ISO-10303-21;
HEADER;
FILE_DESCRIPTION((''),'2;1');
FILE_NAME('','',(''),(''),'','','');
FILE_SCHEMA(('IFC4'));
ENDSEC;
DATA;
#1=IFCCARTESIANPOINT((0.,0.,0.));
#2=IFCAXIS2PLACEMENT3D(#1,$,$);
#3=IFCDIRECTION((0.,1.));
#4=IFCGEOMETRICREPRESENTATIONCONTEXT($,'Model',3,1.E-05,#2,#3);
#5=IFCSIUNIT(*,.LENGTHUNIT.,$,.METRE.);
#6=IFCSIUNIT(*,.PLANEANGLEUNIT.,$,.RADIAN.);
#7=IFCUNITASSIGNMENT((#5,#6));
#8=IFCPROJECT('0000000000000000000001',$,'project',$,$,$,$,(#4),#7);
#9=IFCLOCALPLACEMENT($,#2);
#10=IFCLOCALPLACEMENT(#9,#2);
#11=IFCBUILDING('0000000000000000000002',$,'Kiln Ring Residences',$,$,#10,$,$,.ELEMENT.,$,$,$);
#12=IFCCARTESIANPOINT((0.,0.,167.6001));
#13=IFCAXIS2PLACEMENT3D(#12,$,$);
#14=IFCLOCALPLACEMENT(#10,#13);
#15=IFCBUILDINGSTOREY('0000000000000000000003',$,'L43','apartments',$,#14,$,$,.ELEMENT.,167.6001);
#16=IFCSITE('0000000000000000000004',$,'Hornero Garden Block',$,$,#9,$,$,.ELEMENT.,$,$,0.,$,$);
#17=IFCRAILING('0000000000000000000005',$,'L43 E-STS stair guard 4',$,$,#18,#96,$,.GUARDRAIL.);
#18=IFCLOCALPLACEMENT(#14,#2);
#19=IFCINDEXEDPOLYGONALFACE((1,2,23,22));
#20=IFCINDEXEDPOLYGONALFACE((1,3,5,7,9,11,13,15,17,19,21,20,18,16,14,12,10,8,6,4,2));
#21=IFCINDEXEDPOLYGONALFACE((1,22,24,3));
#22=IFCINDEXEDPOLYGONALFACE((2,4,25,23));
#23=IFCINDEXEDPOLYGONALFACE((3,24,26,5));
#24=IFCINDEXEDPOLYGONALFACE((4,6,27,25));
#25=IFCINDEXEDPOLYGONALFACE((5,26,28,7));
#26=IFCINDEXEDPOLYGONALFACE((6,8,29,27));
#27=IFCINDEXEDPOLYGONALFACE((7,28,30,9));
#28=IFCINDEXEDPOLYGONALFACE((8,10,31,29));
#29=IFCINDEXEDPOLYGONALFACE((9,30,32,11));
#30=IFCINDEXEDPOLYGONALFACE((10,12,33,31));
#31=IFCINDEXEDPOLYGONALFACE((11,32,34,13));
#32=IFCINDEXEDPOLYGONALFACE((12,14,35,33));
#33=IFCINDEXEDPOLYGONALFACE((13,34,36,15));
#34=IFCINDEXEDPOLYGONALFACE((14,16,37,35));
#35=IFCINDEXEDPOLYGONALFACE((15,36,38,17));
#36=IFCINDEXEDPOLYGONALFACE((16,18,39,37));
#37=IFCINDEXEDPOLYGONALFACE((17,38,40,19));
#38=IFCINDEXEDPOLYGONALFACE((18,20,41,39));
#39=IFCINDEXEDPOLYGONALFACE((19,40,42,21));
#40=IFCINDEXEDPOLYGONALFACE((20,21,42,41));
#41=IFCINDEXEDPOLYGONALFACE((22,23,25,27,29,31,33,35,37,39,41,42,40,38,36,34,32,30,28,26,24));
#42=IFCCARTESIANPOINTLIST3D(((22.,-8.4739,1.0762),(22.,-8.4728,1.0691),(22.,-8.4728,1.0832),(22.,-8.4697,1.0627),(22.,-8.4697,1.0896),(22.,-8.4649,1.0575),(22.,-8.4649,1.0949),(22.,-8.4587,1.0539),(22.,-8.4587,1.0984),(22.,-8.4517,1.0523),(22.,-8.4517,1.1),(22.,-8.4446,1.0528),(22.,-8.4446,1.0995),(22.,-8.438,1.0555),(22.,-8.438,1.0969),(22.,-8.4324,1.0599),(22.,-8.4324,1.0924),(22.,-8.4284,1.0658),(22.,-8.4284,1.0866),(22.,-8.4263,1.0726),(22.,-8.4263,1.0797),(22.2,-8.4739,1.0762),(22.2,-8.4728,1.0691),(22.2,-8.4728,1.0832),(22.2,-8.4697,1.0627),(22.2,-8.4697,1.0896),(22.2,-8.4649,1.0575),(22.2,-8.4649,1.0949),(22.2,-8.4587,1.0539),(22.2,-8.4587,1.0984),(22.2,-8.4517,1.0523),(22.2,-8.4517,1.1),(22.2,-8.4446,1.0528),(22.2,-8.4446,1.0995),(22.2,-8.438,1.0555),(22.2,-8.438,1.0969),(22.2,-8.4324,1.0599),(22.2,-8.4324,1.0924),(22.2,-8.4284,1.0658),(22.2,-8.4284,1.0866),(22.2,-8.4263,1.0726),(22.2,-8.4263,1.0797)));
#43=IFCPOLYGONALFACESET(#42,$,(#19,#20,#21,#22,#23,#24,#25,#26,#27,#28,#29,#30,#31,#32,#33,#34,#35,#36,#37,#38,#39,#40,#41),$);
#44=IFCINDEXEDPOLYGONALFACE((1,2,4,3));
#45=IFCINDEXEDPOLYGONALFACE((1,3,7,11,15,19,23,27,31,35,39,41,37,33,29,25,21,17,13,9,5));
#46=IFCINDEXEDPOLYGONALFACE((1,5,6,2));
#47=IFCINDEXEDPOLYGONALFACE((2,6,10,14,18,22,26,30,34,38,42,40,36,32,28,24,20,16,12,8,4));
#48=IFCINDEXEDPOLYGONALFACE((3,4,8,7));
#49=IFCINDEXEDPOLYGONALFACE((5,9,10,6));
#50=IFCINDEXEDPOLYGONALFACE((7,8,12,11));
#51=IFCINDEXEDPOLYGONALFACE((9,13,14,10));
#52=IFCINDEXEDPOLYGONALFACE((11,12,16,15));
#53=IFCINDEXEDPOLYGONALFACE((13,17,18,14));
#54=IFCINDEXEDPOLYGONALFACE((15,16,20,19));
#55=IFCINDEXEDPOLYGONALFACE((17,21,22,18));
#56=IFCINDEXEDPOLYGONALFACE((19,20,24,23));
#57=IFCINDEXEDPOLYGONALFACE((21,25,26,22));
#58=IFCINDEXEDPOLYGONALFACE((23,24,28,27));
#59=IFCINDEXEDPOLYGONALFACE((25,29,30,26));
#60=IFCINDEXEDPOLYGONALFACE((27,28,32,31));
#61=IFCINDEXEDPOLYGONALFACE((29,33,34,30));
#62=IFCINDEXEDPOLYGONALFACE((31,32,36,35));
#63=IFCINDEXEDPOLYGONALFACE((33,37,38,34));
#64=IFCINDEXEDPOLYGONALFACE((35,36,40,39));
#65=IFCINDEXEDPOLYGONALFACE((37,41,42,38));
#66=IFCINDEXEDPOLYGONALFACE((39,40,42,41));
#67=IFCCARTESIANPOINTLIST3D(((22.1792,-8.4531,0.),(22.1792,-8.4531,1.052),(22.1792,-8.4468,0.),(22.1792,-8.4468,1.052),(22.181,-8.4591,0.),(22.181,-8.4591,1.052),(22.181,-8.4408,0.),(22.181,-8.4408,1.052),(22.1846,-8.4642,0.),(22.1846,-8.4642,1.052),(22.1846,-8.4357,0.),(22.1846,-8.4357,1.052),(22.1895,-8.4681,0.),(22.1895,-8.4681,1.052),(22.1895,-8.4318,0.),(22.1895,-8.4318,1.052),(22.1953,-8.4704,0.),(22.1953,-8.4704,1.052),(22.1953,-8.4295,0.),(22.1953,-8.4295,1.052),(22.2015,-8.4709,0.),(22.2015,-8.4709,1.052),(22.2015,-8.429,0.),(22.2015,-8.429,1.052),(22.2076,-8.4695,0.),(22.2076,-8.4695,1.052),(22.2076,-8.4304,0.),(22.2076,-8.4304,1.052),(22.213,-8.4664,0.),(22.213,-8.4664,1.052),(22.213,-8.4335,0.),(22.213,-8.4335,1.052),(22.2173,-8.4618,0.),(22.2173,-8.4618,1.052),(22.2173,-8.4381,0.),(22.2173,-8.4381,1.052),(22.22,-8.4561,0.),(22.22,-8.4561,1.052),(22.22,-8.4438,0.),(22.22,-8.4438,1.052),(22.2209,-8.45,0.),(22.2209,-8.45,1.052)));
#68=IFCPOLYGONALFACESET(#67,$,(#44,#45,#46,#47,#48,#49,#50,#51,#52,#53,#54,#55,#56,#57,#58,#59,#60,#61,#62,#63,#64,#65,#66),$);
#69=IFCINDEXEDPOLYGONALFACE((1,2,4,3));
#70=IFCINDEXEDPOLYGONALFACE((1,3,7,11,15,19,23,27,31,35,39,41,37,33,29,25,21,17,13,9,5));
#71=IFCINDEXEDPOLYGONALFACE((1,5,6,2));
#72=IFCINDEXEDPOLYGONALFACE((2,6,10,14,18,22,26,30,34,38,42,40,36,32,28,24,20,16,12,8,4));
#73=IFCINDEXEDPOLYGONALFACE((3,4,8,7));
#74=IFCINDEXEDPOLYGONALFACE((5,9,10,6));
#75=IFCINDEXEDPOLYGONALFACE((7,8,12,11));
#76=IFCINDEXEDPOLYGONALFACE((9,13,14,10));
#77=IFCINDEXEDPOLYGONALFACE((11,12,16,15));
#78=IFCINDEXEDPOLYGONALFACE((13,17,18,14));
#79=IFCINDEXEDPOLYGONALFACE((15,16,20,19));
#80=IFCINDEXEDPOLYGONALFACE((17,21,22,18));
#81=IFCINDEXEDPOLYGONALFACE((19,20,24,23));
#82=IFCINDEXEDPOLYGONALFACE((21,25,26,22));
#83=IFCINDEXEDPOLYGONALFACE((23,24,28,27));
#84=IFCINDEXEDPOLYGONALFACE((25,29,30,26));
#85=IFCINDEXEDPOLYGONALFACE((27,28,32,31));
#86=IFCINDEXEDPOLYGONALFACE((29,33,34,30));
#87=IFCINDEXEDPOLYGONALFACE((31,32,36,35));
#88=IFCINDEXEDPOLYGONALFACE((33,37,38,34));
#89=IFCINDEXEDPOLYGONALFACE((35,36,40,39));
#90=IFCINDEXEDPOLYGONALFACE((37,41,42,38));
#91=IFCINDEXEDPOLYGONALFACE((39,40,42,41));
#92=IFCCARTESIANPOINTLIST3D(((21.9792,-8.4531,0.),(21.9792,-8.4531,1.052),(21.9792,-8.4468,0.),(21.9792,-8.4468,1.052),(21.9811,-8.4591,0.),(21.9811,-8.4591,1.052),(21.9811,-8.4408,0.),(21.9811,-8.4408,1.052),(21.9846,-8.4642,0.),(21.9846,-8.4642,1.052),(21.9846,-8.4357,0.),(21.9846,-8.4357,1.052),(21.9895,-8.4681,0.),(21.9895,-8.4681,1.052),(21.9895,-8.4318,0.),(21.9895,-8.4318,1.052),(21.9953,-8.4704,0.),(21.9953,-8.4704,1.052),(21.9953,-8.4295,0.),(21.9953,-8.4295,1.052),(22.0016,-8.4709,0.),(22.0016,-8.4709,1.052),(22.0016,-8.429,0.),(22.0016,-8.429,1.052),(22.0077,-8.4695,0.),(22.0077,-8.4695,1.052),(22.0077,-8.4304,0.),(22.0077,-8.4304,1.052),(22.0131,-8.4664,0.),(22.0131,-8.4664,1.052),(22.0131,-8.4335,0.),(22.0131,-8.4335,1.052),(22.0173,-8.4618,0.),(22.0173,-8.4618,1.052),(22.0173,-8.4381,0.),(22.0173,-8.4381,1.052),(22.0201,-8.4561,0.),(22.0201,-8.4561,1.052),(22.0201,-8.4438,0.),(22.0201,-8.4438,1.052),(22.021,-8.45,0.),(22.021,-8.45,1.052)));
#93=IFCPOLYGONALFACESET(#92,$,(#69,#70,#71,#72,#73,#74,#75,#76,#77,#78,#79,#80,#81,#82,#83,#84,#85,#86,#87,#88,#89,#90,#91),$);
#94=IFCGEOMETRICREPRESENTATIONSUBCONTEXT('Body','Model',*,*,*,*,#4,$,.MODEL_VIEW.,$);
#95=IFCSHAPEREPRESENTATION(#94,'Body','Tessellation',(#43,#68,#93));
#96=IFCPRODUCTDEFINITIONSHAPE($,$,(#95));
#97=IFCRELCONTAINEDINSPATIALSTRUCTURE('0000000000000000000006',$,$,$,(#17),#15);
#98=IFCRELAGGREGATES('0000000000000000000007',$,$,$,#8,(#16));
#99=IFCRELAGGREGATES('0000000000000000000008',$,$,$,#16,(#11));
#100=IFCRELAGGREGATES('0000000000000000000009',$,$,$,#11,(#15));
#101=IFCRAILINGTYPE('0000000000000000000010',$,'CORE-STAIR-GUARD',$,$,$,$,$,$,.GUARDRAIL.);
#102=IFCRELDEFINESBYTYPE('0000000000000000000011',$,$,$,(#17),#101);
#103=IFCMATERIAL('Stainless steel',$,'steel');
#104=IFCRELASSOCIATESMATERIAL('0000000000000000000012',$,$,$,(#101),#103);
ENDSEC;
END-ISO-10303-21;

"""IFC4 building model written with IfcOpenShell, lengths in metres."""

from ifc_helpers import new_model, si_unit, direction, frame, origin, origin_2d, place, context, subcontext, project, spatial, circle, extrude, material, type_object, element, save


model = new_model("IFC4")

# Units and contexts
model_context = context("Model", 3, precision=1e-05, world=origin(), true_north=direction((0.0, 1.0)))
body_context = subcontext(model_context, "Body", "Model", "MODEL_VIEW")
ifc_project = project(units=[si_unit("LENGTHUNIT", "METRE"), si_unit("PLANEANGLEUNIT", "RADIAN")], contexts=[model_context])

# Site, building, storey
site_placement = place(None, origin())
site = spatial("IfcSite", under=ifc_project, at=site_placement, Name="Hornero Garden Block", CompositionType="ELEMENT", RefElevation=0.0)
building_placement = place(site_placement, origin())
building = spatial("IfcBuilding", under=site, at=building_placement, Name="Kiln Ring Residences", CompositionType="ELEMENT")
storey_placement = place(building_placement, frame((0.0, 0.0, 167.6001)))
storey = spatial("IfcBuildingStorey", under=building, at=storey_placement, Name="L43", Description="apartments", CompositionType="ELEMENT", Elevation=167.6001)

# Railing
ifc_material_1 = material(Name="Stainless steel", Category="steel")
railing_type_1 = type_object("IfcRailingType", Name="CORE-STAIR-GUARD", PredefinedType="GUARDRAIL", material=ifc_material_1)
railing_1_placement = place(storey_placement, frame((22.2, -8.45, 0.0)))
element("IfcRailing", 1, at=railing_1_placement, inside=storey, type_object=railing_type_1, Name="L43 E-STS stair guard 4", PredefinedType="GUARDRAIL", context=body_context, shape_type="SweptSolid", body=[
    extrude(circle(Radius=0.0239, at=origin_2d()), frame((0.0, 0.0, 1.0762), z_axis=(-1.0, 0.0, 0.0), x_axis=(0.0, -1.0, 0.0)), (0.0, 0.0, 1.0), 0.2),
    extrude(circle(Radius=0.021, at=origin_2d()), origin(), (0.0, 0.0, 1.0), 1.052),
    extrude(circle(Radius=0.021, at=origin_2d()), frame((-0.2, 0.0, 0.0)), (0.0, 0.0, 1.0), 1.052),
])

save(model, "model.ifc")
